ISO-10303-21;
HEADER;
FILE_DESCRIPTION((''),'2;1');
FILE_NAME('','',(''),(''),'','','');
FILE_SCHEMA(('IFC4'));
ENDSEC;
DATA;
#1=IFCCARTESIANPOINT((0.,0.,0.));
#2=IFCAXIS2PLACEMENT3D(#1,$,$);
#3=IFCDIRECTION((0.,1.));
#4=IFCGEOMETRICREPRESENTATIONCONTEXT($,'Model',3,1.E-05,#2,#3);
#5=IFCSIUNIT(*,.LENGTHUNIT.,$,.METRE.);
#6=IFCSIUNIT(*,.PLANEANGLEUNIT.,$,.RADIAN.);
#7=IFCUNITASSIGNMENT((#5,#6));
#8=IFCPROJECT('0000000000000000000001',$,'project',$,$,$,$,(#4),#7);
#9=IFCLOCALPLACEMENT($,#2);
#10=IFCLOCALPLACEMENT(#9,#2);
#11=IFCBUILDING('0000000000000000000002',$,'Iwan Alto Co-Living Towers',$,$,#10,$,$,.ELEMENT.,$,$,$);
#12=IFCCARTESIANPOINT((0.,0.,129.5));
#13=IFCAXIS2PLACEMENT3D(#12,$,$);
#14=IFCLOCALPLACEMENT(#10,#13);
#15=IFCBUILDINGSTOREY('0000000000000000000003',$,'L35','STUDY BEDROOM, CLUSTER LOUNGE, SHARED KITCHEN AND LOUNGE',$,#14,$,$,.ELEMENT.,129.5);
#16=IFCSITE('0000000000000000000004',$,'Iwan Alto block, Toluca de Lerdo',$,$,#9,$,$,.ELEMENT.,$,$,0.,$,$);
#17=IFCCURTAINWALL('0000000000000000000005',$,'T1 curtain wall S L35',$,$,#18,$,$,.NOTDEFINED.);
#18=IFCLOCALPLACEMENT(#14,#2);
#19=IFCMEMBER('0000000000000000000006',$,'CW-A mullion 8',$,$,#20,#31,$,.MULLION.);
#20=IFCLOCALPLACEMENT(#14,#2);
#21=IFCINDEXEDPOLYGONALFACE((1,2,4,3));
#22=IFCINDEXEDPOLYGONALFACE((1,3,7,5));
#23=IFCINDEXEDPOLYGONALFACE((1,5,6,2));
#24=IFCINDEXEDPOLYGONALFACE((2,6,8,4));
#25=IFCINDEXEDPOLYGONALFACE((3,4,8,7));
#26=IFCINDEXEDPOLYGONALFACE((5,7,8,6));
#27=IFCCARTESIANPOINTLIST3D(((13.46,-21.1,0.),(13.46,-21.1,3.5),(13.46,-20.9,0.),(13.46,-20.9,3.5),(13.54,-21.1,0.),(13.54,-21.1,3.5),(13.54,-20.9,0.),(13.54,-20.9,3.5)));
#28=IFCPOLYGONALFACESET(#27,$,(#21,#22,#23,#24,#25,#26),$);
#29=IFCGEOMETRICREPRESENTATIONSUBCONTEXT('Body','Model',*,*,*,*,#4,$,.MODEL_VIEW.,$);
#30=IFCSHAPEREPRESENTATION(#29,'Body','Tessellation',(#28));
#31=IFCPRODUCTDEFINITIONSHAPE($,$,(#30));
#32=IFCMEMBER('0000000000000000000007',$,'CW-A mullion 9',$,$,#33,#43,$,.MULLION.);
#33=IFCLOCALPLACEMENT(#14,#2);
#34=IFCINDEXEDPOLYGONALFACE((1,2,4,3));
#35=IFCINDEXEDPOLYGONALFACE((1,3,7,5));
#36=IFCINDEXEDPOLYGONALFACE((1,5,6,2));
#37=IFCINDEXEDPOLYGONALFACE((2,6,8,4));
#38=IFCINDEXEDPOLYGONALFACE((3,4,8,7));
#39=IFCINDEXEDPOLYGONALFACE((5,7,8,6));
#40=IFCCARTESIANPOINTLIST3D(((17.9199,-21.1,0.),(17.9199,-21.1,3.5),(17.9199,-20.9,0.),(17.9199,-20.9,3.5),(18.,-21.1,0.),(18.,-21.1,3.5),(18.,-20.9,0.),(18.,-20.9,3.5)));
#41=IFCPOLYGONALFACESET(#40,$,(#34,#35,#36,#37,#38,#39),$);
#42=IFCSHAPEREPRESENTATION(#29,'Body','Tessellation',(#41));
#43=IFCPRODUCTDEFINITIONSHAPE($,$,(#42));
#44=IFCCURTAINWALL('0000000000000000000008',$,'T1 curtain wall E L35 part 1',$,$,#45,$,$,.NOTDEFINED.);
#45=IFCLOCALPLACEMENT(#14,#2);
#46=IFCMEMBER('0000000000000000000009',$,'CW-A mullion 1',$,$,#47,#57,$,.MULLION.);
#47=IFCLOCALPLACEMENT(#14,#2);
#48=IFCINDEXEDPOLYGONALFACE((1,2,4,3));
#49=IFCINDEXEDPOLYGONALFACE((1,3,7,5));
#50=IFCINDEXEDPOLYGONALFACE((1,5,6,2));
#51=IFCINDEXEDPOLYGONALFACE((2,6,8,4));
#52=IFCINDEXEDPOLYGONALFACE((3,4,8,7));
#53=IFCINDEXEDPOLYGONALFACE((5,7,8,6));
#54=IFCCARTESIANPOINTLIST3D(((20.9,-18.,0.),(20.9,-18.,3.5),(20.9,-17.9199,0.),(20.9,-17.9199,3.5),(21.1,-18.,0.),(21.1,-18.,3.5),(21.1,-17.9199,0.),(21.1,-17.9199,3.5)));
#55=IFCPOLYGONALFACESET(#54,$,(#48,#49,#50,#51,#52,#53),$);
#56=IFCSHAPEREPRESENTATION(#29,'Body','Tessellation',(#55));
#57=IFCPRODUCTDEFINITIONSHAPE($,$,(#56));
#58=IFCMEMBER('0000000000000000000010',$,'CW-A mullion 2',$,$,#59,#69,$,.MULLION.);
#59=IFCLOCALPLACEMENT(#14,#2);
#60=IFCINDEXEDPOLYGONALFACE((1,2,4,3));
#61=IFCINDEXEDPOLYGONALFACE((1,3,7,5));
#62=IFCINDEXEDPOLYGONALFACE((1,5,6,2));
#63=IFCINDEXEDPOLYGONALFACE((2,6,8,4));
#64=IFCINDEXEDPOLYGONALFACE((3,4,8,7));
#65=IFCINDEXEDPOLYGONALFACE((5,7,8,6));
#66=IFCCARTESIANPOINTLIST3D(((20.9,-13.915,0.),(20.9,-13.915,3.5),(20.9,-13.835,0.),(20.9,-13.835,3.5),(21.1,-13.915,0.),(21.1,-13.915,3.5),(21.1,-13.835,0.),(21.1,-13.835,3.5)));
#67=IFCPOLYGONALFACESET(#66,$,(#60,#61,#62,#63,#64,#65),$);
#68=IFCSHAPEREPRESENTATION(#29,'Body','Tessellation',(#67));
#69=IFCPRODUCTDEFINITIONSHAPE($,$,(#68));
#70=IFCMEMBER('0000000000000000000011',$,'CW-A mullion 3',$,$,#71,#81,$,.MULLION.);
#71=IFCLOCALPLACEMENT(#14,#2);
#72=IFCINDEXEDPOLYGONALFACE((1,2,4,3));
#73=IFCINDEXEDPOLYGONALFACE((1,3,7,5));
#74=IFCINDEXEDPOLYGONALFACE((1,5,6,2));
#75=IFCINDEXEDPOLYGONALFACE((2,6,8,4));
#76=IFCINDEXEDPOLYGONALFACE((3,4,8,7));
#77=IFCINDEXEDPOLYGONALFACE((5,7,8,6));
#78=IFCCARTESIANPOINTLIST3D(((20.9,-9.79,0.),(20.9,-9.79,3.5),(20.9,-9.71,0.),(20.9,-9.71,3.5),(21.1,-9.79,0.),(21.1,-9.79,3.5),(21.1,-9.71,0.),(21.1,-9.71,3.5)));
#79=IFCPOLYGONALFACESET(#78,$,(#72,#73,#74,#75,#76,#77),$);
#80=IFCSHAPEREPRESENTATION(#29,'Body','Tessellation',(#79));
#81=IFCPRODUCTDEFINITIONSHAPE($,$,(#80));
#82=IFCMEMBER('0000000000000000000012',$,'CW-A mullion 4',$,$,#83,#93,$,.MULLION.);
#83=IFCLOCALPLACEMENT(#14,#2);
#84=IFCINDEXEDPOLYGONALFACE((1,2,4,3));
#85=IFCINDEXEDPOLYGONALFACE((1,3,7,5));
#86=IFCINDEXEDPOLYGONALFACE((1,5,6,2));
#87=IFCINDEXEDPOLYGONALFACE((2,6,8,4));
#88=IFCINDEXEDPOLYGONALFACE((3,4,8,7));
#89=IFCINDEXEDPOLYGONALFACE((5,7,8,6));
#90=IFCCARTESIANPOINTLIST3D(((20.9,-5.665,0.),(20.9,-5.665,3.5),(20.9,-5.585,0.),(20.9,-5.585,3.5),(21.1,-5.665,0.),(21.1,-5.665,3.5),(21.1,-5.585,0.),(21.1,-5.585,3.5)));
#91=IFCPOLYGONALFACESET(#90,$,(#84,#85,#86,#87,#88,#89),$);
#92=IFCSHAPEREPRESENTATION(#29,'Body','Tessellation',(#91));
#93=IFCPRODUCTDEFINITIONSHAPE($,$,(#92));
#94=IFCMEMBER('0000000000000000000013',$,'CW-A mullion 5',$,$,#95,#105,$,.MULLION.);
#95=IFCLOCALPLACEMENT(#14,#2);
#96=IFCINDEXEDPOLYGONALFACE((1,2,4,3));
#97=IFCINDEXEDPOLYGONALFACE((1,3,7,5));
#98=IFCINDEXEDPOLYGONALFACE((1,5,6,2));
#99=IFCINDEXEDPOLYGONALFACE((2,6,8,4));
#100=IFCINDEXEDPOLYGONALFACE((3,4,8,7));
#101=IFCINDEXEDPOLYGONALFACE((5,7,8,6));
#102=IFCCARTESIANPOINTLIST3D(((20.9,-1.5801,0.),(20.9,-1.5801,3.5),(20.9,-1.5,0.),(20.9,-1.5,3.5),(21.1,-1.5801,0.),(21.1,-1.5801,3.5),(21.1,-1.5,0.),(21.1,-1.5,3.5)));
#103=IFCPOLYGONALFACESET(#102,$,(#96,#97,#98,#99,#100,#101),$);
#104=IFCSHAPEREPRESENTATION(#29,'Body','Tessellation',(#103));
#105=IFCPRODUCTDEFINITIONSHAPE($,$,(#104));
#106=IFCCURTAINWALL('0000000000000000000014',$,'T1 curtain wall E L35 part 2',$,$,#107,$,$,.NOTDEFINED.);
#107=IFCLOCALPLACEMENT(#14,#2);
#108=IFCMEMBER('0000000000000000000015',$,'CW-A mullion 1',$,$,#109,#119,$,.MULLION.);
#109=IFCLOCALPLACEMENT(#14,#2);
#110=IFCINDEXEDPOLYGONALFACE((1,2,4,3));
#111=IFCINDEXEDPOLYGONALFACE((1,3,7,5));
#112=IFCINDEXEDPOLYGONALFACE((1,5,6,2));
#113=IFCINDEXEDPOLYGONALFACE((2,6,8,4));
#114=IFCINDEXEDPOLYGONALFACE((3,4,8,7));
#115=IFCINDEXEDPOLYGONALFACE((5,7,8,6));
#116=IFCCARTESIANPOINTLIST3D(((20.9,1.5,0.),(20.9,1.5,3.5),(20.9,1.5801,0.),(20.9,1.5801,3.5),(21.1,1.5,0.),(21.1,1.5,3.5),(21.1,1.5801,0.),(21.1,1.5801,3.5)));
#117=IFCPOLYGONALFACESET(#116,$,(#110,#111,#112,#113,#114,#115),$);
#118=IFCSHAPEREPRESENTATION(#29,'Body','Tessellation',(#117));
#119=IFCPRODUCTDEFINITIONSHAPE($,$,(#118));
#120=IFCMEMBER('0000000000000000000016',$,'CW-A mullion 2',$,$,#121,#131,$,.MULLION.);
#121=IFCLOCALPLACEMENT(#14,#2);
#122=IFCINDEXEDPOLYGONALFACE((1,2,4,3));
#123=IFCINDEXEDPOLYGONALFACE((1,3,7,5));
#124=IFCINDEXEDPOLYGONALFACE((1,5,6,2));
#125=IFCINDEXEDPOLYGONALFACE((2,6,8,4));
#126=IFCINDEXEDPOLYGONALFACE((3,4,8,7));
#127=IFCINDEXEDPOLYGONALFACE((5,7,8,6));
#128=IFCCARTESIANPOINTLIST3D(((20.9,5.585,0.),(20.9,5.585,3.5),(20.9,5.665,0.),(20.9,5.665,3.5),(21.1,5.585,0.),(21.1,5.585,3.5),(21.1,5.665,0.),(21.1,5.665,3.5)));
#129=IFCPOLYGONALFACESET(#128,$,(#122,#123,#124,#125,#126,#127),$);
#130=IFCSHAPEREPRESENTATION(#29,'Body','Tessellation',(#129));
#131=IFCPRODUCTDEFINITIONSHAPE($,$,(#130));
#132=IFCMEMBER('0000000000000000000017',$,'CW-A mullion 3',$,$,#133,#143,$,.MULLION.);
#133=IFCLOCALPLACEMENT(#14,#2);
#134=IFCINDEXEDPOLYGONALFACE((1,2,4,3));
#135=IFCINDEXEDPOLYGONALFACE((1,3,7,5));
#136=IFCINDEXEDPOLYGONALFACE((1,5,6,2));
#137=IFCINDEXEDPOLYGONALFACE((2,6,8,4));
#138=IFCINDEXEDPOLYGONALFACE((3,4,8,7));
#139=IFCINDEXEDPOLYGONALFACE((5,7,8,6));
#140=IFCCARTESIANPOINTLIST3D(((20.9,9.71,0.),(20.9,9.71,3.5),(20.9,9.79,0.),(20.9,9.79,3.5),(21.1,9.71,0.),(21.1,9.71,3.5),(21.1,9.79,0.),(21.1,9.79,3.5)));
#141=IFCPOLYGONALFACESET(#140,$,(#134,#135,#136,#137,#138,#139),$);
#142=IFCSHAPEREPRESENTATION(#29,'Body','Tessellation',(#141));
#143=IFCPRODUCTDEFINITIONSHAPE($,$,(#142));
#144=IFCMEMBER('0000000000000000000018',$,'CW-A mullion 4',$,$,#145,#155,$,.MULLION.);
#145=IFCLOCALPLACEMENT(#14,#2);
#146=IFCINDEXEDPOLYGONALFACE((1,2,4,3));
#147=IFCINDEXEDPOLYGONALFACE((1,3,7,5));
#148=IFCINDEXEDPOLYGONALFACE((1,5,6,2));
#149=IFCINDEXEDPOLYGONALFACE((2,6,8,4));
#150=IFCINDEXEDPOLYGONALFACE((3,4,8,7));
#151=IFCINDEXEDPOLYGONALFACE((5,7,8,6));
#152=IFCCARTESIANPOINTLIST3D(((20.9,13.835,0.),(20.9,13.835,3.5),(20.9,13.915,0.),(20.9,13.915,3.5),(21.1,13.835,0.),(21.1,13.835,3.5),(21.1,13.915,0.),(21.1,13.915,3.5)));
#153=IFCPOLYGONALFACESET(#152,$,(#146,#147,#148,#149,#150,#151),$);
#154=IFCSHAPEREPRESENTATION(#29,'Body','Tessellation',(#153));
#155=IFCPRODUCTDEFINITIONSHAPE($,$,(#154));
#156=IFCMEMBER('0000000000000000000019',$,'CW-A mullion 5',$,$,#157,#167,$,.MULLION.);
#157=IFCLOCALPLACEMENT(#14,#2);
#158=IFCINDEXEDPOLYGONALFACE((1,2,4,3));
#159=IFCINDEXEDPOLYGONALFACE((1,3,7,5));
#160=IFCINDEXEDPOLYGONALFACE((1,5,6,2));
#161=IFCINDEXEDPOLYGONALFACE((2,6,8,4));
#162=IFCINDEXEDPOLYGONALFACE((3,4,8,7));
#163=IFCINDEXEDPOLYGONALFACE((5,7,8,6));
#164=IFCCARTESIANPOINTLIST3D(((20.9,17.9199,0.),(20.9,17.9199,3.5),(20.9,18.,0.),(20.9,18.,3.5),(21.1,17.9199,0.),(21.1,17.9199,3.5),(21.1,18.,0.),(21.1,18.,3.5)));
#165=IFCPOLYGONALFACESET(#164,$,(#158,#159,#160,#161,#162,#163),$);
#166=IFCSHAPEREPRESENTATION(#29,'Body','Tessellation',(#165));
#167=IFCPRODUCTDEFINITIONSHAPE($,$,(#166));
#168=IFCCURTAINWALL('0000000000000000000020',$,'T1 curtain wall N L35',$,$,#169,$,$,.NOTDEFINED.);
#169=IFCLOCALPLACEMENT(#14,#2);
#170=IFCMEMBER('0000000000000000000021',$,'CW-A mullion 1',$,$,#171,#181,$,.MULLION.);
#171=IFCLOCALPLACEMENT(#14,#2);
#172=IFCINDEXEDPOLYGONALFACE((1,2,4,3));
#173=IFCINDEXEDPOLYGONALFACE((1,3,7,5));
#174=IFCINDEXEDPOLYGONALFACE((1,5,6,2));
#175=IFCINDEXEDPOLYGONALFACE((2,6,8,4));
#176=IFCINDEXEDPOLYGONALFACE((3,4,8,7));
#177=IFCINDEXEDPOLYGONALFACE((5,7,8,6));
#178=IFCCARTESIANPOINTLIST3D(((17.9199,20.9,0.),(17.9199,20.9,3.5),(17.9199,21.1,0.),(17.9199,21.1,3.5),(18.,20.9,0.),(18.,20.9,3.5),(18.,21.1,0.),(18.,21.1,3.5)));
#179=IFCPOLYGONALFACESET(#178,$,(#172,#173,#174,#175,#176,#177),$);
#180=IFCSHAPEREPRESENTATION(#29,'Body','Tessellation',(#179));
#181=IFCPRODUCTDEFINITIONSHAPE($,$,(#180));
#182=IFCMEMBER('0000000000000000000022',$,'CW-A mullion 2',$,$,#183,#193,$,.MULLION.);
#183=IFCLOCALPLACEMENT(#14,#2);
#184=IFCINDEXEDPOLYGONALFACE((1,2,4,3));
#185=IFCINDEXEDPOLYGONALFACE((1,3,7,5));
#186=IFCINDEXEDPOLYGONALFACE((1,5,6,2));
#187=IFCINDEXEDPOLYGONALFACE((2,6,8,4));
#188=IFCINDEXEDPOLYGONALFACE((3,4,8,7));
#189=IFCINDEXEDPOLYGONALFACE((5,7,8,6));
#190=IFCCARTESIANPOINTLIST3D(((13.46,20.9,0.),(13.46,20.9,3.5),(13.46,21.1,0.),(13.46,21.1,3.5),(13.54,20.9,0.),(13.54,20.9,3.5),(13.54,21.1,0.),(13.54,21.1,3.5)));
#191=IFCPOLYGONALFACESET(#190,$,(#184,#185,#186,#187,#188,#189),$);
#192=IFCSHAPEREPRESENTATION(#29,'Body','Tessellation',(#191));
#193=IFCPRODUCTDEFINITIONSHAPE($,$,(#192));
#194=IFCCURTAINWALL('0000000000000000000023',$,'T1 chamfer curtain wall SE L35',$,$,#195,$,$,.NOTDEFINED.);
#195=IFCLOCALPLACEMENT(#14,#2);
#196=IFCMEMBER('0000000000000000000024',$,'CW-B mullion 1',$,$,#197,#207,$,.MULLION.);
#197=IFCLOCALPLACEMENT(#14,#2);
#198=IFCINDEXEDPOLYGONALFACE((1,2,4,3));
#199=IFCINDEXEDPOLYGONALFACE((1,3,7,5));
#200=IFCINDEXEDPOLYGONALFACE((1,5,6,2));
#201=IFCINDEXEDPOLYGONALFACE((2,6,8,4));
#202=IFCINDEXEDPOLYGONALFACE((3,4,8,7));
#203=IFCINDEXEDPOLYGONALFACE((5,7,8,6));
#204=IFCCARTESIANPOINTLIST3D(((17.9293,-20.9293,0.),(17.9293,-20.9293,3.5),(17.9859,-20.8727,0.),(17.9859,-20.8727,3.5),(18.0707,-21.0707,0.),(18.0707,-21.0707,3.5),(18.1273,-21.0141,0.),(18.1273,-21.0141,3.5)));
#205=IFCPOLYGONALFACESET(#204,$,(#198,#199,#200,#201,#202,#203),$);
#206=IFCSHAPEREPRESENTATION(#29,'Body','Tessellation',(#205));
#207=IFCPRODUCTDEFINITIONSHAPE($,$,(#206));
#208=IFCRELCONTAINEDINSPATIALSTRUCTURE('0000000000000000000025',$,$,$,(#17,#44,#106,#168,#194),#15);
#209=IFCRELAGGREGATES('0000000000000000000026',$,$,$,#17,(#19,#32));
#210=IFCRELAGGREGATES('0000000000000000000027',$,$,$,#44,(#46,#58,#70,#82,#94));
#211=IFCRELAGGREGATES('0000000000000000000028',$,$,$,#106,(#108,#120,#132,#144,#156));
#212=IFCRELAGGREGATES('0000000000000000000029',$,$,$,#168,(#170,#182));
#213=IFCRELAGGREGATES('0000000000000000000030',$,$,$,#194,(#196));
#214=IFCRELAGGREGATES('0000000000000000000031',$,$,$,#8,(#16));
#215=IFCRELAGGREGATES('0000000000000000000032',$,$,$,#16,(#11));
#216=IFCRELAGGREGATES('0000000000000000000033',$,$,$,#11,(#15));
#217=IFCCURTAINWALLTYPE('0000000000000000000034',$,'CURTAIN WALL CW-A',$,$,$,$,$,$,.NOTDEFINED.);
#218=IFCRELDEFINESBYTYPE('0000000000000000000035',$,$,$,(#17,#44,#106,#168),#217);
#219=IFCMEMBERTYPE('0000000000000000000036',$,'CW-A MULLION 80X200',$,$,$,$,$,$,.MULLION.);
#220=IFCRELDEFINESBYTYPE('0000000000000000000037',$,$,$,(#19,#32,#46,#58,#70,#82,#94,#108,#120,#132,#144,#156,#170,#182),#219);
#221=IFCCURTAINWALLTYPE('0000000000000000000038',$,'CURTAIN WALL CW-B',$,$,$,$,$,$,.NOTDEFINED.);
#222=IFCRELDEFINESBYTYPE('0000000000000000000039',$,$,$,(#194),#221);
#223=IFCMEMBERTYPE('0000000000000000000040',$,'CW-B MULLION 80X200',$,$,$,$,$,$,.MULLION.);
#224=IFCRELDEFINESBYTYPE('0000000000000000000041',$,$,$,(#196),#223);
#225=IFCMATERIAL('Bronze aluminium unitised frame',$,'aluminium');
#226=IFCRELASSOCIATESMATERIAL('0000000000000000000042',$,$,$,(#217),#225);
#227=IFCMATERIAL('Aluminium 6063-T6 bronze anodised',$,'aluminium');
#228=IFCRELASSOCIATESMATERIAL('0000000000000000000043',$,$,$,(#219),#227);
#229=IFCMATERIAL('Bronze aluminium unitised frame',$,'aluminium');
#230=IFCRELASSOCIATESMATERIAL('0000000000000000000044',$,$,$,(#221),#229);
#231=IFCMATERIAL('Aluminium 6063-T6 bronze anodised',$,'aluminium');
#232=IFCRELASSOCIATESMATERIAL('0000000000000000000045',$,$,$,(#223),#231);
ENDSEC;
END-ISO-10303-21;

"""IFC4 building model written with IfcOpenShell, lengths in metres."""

from ifc_helpers import new_model, si_unit, direction, frame, origin, origin_2d, place, context, subcontext, project, spatial, rectangle, extrude, material, material_profile, profile_set, type_object, element, aggregate, save


model = new_model("IFC4")

# Units and contexts
model_context = context("Model", 3, precision=1e-05, world=origin(), true_north=direction((0.0, 1.0)))
body_context = subcontext(model_context, "Body", "Model", "MODEL_VIEW")
ifc_project = project(units=[si_unit("LENGTHUNIT", "METRE"), si_unit("PLANEANGLEUNIT", "RADIAN")], contexts=[model_context])

# Site, building, storey
site_placement = place(None, origin())
site = spatial("IfcSite", under=ifc_project, at=site_placement, Name="Iwan Alto block, Toluca de Lerdo", CompositionType="ELEMENT", RefElevation=0.0)
building_placement = place(site_placement, origin())
building = spatial("IfcBuilding", under=site, at=building_placement, Name="Iwan Alto Co-Living Towers", CompositionType="ELEMENT")
storey_placement = place(building_placement, frame((0.0, 0.0, 129.5)))
storey = spatial("IfcBuildingStorey", under=building, at=storey_placement, Name="L35", Description="STUDY BEDROOM, CLUSTER LOUNGE, SHARED KITCHEN AND LOUNGE", CompositionType="ELEMENT", Elevation=129.5)

# Curtain walls, members
ifc_material_1 = material(Name="Bronze aluminium unitised frame", Category="aluminium")
curtain_wall_type_1 = type_object("IfcCurtainWallType", Name="CURTAIN WALL CW-A", PredefinedType="NOTDEFINED", material=ifc_material_1)
curtain_wall_1_placement = place(storey_placement, origin())
curtain_wall_1 = element("IfcCurtainWall", 1, at=curtain_wall_1_placement, inside=storey, type_object=curtain_wall_type_1, Name="T1 curtain wall S L35", PredefinedType="NOTDEFINED")
ifc_material_2 = material(Name="Aluminium 6063-T6 bronze anodised", Category="aluminium")
ifc_material_profile_1 = material_profile(ifc_material_2, rectangle(XDim=0.2, YDim=0.0801, at=origin_2d()), Name="AL 80X200")
ifc_profile_set_1 = profile_set([ifc_material_profile_1], Name="Aluminium 6063-T6 bronze anodised")
member_type_1 = type_object("IfcMemberType", Name="CW-A MULLION 80X200", PredefinedType="MULLION", material=ifc_profile_set_1)
member_1_placement = place(storey_placement, frame((13.5, -21.0, 0.0), z_axis=(0.0, 0.0, 1.0), x_axis=(0.0, 1.0, 0.0)))
member_1 = element("IfcMember", 2, at=member_1_placement, type_object=member_type_1, Name="CW-A mullion 8", PredefinedType="MULLION", context=body_context, shape_type="SweptSolid", body=[
    extrude(rectangle(XDim=0.2, YDim=0.0801, at=origin_2d()), origin(), (0.0, 0.0, 1.0), 3.5),
])
member_2_placement = place(storey_placement, frame((17.96, -21.0, 0.0), z_axis=(0.0, 0.0, 1.0), x_axis=(0.0, 1.0, 0.0)))
member_2 = element("IfcMember", 3, at=member_2_placement, type_object=member_type_1, Name="CW-A mullion 9", PredefinedType="MULLION", context=body_context, shape_type="SweptSolid", body=[
    extrude(rectangle(XDim=0.2, YDim=0.0801, at=origin_2d()), origin(), (0.0, 0.0, 1.0), 3.5),
])
aggregate(curtain_wall_1, [member_1, member_2])
curtain_wall_2_placement = place(storey_placement, origin())
curtain_wall_2 = element("IfcCurtainWall", 4, at=curtain_wall_2_placement, inside=storey, type_object=curtain_wall_type_1, Name="T1 curtain wall E L35 part 1", PredefinedType="NOTDEFINED")
member_3_placement = place(storey_placement, frame((21.0, -17.96, 0.0), z_axis=(0.0, 0.0, 1.0), x_axis=(-1.0, 0.0, 0.0)))
member_3 = element("IfcMember", 5, at=member_3_placement, type_object=member_type_1, Name="CW-A mullion 1", PredefinedType="MULLION", context=body_context, shape_type="SweptSolid", body=[
    extrude(rectangle(XDim=0.2, YDim=0.0801, at=origin_2d()), origin(), (0.0, 0.0, 1.0), 3.5),
])
member_4_placement = place(storey_placement, frame((21.0, -13.875, 0.0), z_axis=(0.0, 0.0, 1.0), x_axis=(-1.0, 0.0, 0.0)))
member_4 = element("IfcMember", 6, at=member_4_placement, type_object=member_type_1, Name="CW-A mullion 2", PredefinedType="MULLION", context=body_context, shape_type="SweptSolid", body=[
    extrude(rectangle(XDim=0.2, YDim=0.0801, at=origin_2d()), origin(), (0.0, 0.0, 1.0), 3.5),
])
member_5_placement = place(storey_placement, frame((21.0, -9.75, 0.0), z_axis=(0.0, 0.0, 1.0), x_axis=(-1.0, 0.0, 0.0)))
member_5 = element("IfcMember", 7, at=member_5_placement, type_object=member_type_1, Name="CW-A mullion 3", PredefinedType="MULLION", context=body_context, shape_type="SweptSolid", body=[
    extrude(rectangle(XDim=0.2, YDim=0.0801, at=origin_2d()), origin(), (0.0, 0.0, 1.0), 3.5),
])
member_6_placement = place(storey_placement, frame((21.0, -5.625, 0.0), z_axis=(0.0, 0.0, 1.0), x_axis=(-1.0, 0.0, 0.0)))
member_6 = element("IfcMember", 8, at=member_6_placement, type_object=member_type_1, Name="CW-A mullion 4", PredefinedType="MULLION", context=body_context, shape_type="SweptSolid", body=[
    extrude(rectangle(XDim=0.2, YDim=0.0801, at=origin_2d()), origin(), (0.0, 0.0, 1.0), 3.5),
])
member_7_placement = place(storey_placement, frame((21.0, -1.54, 0.0), z_axis=(0.0, 0.0, 1.0), x_axis=(-1.0, 0.0, 0.0)))
member_7 = element("IfcMember", 9, at=member_7_placement, type_object=member_type_1, Name="CW-A mullion 5", PredefinedType="MULLION", context=body_context, shape_type="SweptSolid", body=[
    extrude(rectangle(XDim=0.2, YDim=0.0801, at=origin_2d()), origin(), (0.0, 0.0, 1.0), 3.5),
])
aggregate(curtain_wall_2, [member_3, member_4, member_5, member_6, member_7])
curtain_wall_3_placement = place(storey_placement, origin())
curtain_wall_3 = element("IfcCurtainWall", 10, at=curtain_wall_3_placement, inside=storey, type_object=curtain_wall_type_1, Name="T1 curtain wall E L35 part 2", PredefinedType="NOTDEFINED")
member_8_placement = place(storey_placement, frame((21.0, 1.54, 0.0), z_axis=(0.0, 0.0, 1.0), x_axis=(-1.0, 0.0, 0.0)))
member_8 = element("IfcMember", 11, at=member_8_placement, type_object=member_type_1, Name="CW-A mullion 1", PredefinedType="MULLION", context=body_context, shape_type="SweptSolid", body=[
    extrude(rectangle(XDim=0.2, YDim=0.0801, at=origin_2d()), origin(), (0.0, 0.0, 1.0), 3.5),
])
member_9_placement = place(storey_placement, frame((21.0, 5.625, 0.0), z_axis=(0.0, 0.0, 1.0), x_axis=(-1.0, 0.0, 0.0)))
member_9 = element("IfcMember", 12, at=member_9_placement, type_object=member_type_1, Name="CW-A mullion 2", PredefinedType="MULLION", context=body_context, shape_type="SweptSolid", body=[
    extrude(rectangle(XDim=0.2, YDim=0.0801, at=origin_2d()), origin(), (0.0, 0.0, 1.0), 3.5),
])
member_10_placement = place(storey_placement, frame((21.0, 9.75, 0.0), z_axis=(0.0, 0.0, 1.0), x_axis=(-1.0, 0.0, 0.0)))
member_10 = element("IfcMember", 13, at=member_10_placement, type_object=member_type_1, Name="CW-A mullion 3", PredefinedType="MULLION", context=body_context, shape_type="SweptSolid", body=[
    extrude(rectangle(XDim=0.2, YDim=0.0801, at=origin_2d()), origin(), (0.0, 0.0, 1.0), 3.5),
])
member_11_placement = place(storey_placement, frame((21.0, 13.875, 0.0), z_axis=(0.0, 0.0, 1.0), x_axis=(-1.0, 0.0, 0.0)))
member_11 = element("IfcMember", 14, at=member_11_placement, type_object=member_type_1, Name="CW-A mullion 4", PredefinedType="MULLION", context=body_context, shape_type="SweptSolid", body=[
    extrude(rectangle(XDim=0.2, YDim=0.0801, at=origin_2d()), origin(), (0.0, 0.0, 1.0), 3.5),
])
member_12_placement = place(storey_placement, frame((21.0, 17.96, 0.0), z_axis=(0.0, 0.0, 1.0), x_axis=(-1.0, 0.0, 0.0)))
member_12 = element("IfcMember", 15, at=member_12_placement, type_object=member_type_1, Name="CW-A mullion 5", PredefinedType="MULLION", context=body_context, shape_type="SweptSolid", body=[
    extrude(rectangle(XDim=0.2, YDim=0.0801, at=origin_2d()), origin(), (0.0, 0.0, 1.0), 3.5),
])
aggregate(curtain_wall_3, [member_8, member_9, member_10, member_11, member_12])
curtain_wall_4_placement = place(storey_placement, origin())
curtain_wall_4 = element("IfcCurtainWall", 16, at=curtain_wall_4_placement, inside=storey, type_object=curtain_wall_type_1, Name="T1 curtain wall N L35", PredefinedType="NOTDEFINED")
member_13_placement = place(storey_placement, frame((17.96, 21.0, 0.0), z_axis=(0.0, 0.0, 1.0), x_axis=(0.0, -1.0, 0.0)))
member_13 = element("IfcMember", 17, at=member_13_placement, type_object=member_type_1, Name="CW-A mullion 1", PredefinedType="MULLION", context=body_context, shape_type="SweptSolid", body=[
    extrude(rectangle(XDim=0.2, YDim=0.0801, at=origin_2d()), origin(), (0.0, 0.0, 1.0), 3.5),
])
member_14_placement = place(storey_placement, frame((13.5, 21.0, 0.0), z_axis=(0.0, 0.0, 1.0), x_axis=(0.0, -1.0, 0.0)))
member_14 = element("IfcMember", 18, at=member_14_placement, type_object=member_type_1, Name="CW-A mullion 2", PredefinedType="MULLION", context=body_context, shape_type="SweptSolid", body=[
    extrude(rectangle(XDim=0.2, YDim=0.0801, at=origin_2d()), origin(), (0.0, 0.0, 1.0), 3.5),
])
aggregate(curtain_wall_4, [member_13, member_14])
ifc_material_3 = material(Name="Bronze aluminium unitised frame", Category="aluminium")
curtain_wall_type_2 = type_object("IfcCurtainWallType", Name="CURTAIN WALL CW-B", PredefinedType="NOTDEFINED", material=ifc_material_3)
curtain_wall_5_placement = place(storey_placement, origin())
curtain_wall_5 = element("IfcCurtainWall", 19, at=curtain_wall_5_placement, inside=storey, type_object=curtain_wall_type_2, Name="T1 chamfer curtain wall SE L35", PredefinedType="NOTDEFINED")
ifc_material_4 = material(Name="Aluminium 6063-T6 bronze anodised", Category="aluminium")
ifc_material_profile_2 = material_profile(ifc_material_4, rectangle(XDim=0.2, YDim=0.0801, at=origin_2d()), Name="AL 80X200")
ifc_profile_set_2 = profile_set([ifc_material_profile_2], Name="Aluminium 6063-T6 bronze anodised")
member_type_2 = type_object("IfcMemberType", Name="CW-B MULLION 80X200", PredefinedType="MULLION", material=ifc_profile_set_2)
member_15_placement = place(storey_placement, frame((18.0283, -20.9717, 0.0), z_axis=(0.0, 0.0, 1.0), x_axis=(-0.707107, 0.707107, 0.0)))
member_15 = element("IfcMember", 20, at=member_15_placement, type_object=member_type_2, Name="CW-B mullion 1", PredefinedType="MULLION", context=body_context, shape_type="SweptSolid", body=[
    extrude(rectangle(XDim=0.2, YDim=0.0801, at=origin_2d()), origin(), (0.0, 0.0, 1.0), 3.5),
])
aggregate(curtain_wall_5, [member_15])

save(model, "model.ifc")
